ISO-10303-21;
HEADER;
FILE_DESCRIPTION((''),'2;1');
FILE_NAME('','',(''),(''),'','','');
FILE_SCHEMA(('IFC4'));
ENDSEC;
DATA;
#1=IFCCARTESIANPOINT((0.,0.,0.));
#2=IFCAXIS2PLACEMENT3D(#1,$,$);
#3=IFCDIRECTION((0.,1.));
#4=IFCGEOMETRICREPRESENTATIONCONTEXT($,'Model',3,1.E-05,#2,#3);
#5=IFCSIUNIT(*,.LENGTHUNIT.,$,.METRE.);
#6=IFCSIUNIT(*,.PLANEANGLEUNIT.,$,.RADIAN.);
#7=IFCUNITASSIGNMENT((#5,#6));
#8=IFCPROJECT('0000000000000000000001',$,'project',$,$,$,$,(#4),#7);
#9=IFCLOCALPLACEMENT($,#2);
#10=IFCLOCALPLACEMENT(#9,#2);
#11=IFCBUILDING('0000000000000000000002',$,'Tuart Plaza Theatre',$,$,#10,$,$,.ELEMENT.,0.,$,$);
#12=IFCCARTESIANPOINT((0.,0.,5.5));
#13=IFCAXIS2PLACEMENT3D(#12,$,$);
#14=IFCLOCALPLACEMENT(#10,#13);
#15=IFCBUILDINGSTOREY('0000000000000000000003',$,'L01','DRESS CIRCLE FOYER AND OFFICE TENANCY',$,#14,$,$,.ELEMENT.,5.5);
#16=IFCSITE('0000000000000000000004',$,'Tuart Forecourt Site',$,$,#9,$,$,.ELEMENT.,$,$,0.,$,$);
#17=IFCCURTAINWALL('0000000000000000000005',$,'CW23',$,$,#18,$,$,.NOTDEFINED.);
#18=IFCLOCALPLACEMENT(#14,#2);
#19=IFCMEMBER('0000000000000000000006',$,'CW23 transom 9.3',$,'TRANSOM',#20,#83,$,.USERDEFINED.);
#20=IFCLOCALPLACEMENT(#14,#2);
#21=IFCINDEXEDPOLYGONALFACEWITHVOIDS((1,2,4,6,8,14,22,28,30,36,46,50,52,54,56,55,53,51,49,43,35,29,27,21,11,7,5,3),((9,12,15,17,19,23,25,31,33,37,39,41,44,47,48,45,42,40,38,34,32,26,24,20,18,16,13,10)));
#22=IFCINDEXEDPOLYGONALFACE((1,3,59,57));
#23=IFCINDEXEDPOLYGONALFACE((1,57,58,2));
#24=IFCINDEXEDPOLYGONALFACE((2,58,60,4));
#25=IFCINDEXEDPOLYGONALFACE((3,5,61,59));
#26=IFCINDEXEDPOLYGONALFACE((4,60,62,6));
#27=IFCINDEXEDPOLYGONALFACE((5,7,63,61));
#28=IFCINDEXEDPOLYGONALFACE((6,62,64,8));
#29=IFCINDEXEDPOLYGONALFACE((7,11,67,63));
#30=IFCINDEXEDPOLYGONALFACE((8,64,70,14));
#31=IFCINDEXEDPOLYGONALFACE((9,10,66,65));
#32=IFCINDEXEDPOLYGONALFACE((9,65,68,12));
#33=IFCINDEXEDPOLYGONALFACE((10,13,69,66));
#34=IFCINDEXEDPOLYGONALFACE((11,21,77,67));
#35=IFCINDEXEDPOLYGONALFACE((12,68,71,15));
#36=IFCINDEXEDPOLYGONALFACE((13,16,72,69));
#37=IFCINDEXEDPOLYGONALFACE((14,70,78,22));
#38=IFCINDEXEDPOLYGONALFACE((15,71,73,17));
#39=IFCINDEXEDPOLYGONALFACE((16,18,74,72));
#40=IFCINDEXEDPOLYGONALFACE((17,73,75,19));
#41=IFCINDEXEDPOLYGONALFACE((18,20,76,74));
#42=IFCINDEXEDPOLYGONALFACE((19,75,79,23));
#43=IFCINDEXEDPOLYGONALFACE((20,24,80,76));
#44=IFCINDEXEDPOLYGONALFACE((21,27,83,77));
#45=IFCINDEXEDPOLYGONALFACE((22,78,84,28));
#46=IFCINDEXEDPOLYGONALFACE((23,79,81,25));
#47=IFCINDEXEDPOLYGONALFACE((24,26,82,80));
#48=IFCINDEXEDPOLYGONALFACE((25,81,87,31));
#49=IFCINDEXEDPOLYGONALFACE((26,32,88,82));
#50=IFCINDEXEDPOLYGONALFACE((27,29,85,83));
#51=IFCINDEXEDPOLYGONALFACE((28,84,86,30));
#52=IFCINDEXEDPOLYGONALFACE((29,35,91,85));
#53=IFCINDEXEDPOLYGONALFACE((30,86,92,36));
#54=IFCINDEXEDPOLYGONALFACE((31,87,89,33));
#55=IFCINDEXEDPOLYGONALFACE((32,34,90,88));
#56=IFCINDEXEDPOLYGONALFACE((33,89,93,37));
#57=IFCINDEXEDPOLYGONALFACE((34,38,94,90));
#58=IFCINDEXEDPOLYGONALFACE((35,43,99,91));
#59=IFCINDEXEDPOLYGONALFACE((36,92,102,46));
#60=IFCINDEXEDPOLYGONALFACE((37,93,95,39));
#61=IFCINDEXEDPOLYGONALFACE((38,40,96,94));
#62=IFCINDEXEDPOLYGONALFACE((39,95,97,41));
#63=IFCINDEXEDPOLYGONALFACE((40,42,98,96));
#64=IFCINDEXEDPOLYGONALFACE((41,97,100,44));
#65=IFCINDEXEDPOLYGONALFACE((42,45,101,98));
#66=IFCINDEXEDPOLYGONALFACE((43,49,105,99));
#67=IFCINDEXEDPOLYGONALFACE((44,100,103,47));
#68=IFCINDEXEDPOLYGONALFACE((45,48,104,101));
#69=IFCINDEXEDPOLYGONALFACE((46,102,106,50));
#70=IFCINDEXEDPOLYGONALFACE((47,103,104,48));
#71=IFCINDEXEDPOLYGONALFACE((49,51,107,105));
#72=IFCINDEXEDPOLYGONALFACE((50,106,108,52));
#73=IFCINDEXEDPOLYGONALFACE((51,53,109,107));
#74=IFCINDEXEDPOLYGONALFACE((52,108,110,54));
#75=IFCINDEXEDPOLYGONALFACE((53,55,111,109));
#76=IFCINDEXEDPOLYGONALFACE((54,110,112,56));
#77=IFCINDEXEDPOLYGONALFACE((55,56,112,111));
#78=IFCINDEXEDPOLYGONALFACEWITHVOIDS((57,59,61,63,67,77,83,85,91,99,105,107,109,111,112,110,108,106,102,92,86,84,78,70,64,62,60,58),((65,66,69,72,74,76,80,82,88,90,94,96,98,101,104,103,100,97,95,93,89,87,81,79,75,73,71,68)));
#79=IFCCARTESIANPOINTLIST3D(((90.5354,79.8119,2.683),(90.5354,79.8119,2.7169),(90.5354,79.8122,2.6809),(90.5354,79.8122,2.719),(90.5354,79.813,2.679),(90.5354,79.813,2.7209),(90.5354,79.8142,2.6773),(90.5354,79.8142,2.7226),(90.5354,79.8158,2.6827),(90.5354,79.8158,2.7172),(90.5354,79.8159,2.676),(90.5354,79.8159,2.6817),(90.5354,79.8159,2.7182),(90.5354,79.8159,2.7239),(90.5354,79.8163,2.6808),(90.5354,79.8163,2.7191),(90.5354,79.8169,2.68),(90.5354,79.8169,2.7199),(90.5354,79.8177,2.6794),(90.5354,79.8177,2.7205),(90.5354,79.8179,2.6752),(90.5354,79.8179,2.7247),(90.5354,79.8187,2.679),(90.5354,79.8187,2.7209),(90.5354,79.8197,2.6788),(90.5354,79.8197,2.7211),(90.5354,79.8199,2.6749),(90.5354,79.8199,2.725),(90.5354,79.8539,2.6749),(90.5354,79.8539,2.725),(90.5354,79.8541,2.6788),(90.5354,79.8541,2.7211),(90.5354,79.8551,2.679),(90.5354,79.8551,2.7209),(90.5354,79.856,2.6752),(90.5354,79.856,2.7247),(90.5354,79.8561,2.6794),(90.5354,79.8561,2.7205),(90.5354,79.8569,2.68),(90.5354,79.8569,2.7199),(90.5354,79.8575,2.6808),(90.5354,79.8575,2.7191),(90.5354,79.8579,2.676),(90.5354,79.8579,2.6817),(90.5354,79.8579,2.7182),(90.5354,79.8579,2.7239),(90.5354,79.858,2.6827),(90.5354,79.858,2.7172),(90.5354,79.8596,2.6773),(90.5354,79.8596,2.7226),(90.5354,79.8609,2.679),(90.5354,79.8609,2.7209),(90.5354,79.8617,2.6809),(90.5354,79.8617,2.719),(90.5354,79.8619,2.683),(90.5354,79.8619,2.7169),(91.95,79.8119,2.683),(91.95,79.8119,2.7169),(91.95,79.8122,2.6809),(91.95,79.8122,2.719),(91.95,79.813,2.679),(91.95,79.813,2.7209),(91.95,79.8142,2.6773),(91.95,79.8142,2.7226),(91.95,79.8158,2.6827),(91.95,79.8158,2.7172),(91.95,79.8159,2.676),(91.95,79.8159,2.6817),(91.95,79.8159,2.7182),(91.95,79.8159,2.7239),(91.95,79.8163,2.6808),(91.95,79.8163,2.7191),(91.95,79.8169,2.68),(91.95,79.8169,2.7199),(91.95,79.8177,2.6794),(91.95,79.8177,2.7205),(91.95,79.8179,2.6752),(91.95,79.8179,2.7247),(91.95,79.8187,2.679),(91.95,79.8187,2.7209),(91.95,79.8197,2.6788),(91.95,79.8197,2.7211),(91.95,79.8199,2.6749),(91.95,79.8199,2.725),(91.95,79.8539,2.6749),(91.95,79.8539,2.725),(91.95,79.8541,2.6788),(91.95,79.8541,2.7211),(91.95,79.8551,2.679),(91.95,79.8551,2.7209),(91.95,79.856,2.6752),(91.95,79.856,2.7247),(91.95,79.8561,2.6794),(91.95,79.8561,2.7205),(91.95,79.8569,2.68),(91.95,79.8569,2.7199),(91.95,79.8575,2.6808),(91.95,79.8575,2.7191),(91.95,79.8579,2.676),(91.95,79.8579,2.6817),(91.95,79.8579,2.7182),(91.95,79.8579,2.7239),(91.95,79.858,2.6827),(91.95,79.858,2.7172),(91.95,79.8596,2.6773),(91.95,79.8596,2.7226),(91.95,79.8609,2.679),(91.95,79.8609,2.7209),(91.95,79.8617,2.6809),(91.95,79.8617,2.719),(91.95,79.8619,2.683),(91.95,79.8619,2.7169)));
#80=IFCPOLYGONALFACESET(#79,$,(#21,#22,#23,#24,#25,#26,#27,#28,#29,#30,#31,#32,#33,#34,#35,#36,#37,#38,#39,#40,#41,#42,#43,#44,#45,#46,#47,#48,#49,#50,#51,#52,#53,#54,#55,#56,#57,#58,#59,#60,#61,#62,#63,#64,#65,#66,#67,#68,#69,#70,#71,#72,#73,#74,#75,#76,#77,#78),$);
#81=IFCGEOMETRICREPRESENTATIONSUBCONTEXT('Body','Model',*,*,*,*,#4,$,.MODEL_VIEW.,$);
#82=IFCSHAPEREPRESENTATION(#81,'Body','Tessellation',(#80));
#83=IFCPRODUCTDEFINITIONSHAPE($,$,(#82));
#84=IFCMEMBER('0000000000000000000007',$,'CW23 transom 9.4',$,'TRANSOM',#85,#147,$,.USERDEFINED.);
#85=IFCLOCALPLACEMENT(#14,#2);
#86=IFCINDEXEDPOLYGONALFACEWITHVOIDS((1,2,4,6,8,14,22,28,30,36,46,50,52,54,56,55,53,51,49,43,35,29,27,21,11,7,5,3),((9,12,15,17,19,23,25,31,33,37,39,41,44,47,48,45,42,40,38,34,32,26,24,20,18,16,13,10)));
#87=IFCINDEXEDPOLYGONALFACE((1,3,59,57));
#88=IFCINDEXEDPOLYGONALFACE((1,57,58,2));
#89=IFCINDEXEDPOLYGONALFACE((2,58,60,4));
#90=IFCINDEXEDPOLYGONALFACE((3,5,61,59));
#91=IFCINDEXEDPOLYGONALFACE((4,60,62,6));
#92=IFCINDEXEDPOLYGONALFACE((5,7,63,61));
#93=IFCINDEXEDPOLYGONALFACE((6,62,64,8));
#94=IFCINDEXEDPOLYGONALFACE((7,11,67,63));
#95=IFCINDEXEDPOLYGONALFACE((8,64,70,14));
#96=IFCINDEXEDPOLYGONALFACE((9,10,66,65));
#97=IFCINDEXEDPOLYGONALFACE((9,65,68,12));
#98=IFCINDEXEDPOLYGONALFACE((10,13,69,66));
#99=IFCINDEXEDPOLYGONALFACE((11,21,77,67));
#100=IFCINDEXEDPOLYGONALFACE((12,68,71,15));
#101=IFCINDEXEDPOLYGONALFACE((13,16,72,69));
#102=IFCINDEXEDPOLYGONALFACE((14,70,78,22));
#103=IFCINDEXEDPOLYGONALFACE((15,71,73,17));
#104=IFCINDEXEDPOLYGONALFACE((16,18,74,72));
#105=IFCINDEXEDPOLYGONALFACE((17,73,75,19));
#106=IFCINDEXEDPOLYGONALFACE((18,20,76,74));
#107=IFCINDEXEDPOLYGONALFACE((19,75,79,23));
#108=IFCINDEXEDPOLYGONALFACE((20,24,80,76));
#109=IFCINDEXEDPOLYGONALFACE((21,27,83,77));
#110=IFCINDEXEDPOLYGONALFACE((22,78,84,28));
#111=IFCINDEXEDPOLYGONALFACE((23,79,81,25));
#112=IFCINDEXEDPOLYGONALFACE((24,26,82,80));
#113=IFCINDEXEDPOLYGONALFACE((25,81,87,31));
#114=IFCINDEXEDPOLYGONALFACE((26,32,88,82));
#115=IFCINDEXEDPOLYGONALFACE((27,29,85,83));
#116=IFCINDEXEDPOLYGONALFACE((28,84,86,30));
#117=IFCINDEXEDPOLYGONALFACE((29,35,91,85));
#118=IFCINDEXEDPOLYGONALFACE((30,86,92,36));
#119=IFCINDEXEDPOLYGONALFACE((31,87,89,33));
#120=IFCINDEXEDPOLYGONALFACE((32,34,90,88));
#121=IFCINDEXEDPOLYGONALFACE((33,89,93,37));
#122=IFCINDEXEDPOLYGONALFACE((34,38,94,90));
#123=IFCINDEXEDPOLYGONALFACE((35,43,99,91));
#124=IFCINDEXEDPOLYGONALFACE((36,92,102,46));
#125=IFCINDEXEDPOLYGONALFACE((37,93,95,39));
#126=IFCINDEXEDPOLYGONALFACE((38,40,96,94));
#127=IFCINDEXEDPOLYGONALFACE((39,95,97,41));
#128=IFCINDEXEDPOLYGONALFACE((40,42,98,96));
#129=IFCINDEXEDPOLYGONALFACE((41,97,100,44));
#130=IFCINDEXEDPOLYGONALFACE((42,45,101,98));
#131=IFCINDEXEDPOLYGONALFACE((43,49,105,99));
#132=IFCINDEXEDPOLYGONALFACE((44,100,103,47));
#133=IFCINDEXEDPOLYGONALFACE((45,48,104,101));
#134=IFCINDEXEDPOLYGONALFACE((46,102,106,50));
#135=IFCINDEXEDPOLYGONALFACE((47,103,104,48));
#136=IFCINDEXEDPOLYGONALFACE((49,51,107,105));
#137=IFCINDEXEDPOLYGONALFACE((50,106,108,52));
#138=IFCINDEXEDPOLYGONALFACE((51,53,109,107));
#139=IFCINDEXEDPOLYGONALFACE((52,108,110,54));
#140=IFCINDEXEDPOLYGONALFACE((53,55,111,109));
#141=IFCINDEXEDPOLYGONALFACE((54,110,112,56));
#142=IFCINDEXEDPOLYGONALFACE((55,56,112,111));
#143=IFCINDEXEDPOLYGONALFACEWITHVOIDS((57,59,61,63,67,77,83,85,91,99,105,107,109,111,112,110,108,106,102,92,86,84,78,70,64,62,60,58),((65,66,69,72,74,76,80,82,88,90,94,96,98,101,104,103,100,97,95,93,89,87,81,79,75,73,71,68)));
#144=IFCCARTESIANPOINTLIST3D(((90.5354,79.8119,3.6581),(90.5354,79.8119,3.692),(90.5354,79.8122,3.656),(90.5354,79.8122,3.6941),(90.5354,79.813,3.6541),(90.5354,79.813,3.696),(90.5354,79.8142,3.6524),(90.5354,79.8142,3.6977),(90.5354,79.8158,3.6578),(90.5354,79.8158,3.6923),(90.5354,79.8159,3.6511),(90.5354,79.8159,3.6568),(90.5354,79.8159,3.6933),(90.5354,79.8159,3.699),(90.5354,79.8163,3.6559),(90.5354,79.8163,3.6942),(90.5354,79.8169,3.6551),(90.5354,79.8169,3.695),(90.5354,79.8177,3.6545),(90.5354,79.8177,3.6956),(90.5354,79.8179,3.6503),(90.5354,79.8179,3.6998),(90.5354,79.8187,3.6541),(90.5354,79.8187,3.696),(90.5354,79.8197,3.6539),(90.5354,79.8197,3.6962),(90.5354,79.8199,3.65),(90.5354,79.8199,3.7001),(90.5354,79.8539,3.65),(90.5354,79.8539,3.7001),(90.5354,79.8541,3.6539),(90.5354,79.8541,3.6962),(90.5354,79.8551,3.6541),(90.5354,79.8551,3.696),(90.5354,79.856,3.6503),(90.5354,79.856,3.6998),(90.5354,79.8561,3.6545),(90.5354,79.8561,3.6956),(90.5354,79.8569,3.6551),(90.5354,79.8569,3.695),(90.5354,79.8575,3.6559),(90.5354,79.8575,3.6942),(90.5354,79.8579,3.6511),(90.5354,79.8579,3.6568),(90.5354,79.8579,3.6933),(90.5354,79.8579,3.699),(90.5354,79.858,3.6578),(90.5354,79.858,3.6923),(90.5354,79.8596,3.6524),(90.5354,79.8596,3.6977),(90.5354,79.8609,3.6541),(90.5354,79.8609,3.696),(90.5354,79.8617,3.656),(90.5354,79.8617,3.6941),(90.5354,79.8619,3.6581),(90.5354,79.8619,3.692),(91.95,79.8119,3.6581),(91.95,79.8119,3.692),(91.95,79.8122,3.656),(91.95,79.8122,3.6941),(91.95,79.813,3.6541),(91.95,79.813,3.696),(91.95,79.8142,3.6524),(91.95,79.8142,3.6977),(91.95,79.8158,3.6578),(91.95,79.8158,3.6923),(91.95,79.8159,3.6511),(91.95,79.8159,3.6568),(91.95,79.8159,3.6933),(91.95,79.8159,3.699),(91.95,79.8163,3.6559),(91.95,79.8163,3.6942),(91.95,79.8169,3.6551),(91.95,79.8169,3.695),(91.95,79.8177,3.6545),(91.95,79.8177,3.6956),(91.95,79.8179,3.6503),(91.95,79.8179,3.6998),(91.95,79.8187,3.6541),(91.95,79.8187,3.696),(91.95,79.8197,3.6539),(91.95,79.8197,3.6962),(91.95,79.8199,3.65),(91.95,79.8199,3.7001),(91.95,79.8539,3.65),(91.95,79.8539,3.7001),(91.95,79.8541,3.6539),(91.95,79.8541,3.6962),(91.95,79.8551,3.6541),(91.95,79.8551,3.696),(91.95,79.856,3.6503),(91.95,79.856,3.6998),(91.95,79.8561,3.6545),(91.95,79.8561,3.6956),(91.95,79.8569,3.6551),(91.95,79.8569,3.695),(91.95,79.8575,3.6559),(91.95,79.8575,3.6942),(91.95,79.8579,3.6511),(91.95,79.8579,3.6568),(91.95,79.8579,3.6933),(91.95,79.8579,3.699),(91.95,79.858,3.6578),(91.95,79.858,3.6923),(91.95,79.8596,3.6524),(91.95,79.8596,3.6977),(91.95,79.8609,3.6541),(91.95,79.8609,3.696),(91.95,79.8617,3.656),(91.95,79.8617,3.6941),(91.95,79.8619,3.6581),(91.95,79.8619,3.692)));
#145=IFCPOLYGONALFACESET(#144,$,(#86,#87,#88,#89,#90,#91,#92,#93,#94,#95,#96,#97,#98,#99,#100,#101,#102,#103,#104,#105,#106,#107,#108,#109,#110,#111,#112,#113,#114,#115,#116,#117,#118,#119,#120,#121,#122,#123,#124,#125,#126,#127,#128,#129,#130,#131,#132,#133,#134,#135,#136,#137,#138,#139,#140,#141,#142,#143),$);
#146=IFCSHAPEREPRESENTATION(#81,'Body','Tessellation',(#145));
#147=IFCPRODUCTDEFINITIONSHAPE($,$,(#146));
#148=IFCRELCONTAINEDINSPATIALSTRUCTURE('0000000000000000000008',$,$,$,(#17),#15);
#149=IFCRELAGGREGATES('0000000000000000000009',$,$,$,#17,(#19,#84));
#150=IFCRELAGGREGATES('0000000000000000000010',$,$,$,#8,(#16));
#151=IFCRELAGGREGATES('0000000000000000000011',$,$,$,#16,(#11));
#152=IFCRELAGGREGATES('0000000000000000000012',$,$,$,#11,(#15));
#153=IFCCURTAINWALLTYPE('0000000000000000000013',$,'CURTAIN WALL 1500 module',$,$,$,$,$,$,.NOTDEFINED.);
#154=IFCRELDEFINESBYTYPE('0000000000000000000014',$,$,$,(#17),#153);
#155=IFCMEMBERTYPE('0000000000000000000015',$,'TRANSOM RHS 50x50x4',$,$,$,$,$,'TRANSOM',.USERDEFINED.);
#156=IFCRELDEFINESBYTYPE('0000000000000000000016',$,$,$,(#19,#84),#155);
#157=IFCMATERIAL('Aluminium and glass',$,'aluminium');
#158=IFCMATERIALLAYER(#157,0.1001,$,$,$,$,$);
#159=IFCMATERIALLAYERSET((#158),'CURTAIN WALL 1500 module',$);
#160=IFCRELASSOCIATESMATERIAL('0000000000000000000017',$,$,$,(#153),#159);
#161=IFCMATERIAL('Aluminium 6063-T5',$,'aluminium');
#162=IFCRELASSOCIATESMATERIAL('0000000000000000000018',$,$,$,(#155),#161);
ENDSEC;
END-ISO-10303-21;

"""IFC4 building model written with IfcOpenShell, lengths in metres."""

from ifc_helpers import new_model, si_unit, direction, frame, origin, origin_2d, place, context, subcontext, project, spatial, hollow_rectangle, extrude, material, layer, layer_set, material_profile, profile_set, type_object, element, aggregate, save


model = new_model("IFC4")

# Units and contexts
model_context = context("Model", 3, precision=1e-05, world=origin(), true_north=direction((0.0, 1.0)))
body_context = subcontext(model_context, "Body", "Model", "MODEL_VIEW")
ifc_project = project(units=[si_unit("LENGTHUNIT", "METRE"), si_unit("PLANEANGLEUNIT", "RADIAN")], contexts=[model_context])

# Site, building, storey
site_placement = place(None, origin())
site = spatial("IfcSite", under=ifc_project, at=site_placement, Name="Tuart Forecourt Site", CompositionType="ELEMENT", RefElevation=0.0)
building_placement = place(site_placement, origin())
building = spatial("IfcBuilding", under=site, at=building_placement, Name="Tuart Plaza Theatre", CompositionType="ELEMENT", ElevationOfRefHeight=0.0)
storey_placement = place(building_placement, frame((0.0, 0.0, 5.5)))
storey = spatial("IfcBuildingStorey", under=building, at=storey_placement, Name="L01", Description="DRESS CIRCLE FOYER AND OFFICE TENANCY", CompositionType="ELEMENT", Elevation=5.5)

# Shared definitions
ifc_material_1 = material(Name="Aluminium and glass", Category="aluminium")
ifc_layer_1 = layer(ifc_material_1, 0.1001)
ifc_layer_set_1 = layer_set([ifc_layer_1], Name="CURTAIN WALL 1500 module")
curtain_wall_type = type_object("IfcCurtainWallType", Name="CURTAIN WALL 1500 module", PredefinedType="NOTDEFINED", material=ifc_layer_set_1)

# Curtain wall, members
curtain_wall_1_placement = place(storey_placement, origin())
curtain_wall_1 = element("IfcCurtainWall", 1, at=curtain_wall_1_placement, inside=storey, type_object=curtain_wall_type, Name="CW23", PredefinedType="NOTDEFINED")
ifc_material_2 = material(Name="Aluminium 6063-T5", Category="aluminium")
ifc_material_profile_1 = material_profile(ifc_material_2, hollow_rectangle(XDim=0.05, YDim=0.05, WallThickness=0.0039, InnerFilletRadius=0.0039, OuterFilletRadius=0.0081, at=origin_2d()), Name="RHS 50x50x4")
ifc_profile_set_1 = profile_set([ifc_material_profile_1], Name="Aluminium 6063-T5")
member_type_1 = type_object("IfcMemberType", Name="TRANSOM RHS 50x50x4", ElementType="TRANSOM", PredefinedType="USERDEFINED", material=ifc_profile_set_1)
member_1_placement = place(storey_placement, frame((90.5354, 79.8369, 2.7), z_axis=(1.0, 0.0, 0.0), x_axis=(0.0, 1.0, 0.0)))
member_1 = element("IfcMember", 2, at=member_1_placement, type_object=member_type_1, Name="CW23 transom 9.3", ObjectType="TRANSOM", PredefinedType="USERDEFINED", context=body_context, shape_type="SweptSolid", body=[
    extrude(hollow_rectangle(XDim=0.05, YDim=0.05, WallThickness=0.0039, InnerFilletRadius=0.0039, OuterFilletRadius=0.0081, at=origin_2d()), origin(), (0.0, 0.0, 1.0), 1.4146),
])
member_2_placement = place(storey_placement, frame((90.5354, 79.8369, 3.675), z_axis=(1.0, 0.0, 0.0), x_axis=(0.0, 1.0, 0.0)))
member_2 = element("IfcMember", 3, at=member_2_placement, type_object=member_type_1, Name="CW23 transom 9.4", ObjectType="TRANSOM", PredefinedType="USERDEFINED", context=body_context, shape_type="SweptSolid", body=[
    extrude(hollow_rectangle(XDim=0.05, YDim=0.05, WallThickness=0.0039, InnerFilletRadius=0.0039, OuterFilletRadius=0.0081, at=origin_2d()), origin(), (0.0, 0.0, 1.0), 1.4146),
])

aggregate(curtain_wall_1, [member_1, member_2])

save(model, "model.ifc")
